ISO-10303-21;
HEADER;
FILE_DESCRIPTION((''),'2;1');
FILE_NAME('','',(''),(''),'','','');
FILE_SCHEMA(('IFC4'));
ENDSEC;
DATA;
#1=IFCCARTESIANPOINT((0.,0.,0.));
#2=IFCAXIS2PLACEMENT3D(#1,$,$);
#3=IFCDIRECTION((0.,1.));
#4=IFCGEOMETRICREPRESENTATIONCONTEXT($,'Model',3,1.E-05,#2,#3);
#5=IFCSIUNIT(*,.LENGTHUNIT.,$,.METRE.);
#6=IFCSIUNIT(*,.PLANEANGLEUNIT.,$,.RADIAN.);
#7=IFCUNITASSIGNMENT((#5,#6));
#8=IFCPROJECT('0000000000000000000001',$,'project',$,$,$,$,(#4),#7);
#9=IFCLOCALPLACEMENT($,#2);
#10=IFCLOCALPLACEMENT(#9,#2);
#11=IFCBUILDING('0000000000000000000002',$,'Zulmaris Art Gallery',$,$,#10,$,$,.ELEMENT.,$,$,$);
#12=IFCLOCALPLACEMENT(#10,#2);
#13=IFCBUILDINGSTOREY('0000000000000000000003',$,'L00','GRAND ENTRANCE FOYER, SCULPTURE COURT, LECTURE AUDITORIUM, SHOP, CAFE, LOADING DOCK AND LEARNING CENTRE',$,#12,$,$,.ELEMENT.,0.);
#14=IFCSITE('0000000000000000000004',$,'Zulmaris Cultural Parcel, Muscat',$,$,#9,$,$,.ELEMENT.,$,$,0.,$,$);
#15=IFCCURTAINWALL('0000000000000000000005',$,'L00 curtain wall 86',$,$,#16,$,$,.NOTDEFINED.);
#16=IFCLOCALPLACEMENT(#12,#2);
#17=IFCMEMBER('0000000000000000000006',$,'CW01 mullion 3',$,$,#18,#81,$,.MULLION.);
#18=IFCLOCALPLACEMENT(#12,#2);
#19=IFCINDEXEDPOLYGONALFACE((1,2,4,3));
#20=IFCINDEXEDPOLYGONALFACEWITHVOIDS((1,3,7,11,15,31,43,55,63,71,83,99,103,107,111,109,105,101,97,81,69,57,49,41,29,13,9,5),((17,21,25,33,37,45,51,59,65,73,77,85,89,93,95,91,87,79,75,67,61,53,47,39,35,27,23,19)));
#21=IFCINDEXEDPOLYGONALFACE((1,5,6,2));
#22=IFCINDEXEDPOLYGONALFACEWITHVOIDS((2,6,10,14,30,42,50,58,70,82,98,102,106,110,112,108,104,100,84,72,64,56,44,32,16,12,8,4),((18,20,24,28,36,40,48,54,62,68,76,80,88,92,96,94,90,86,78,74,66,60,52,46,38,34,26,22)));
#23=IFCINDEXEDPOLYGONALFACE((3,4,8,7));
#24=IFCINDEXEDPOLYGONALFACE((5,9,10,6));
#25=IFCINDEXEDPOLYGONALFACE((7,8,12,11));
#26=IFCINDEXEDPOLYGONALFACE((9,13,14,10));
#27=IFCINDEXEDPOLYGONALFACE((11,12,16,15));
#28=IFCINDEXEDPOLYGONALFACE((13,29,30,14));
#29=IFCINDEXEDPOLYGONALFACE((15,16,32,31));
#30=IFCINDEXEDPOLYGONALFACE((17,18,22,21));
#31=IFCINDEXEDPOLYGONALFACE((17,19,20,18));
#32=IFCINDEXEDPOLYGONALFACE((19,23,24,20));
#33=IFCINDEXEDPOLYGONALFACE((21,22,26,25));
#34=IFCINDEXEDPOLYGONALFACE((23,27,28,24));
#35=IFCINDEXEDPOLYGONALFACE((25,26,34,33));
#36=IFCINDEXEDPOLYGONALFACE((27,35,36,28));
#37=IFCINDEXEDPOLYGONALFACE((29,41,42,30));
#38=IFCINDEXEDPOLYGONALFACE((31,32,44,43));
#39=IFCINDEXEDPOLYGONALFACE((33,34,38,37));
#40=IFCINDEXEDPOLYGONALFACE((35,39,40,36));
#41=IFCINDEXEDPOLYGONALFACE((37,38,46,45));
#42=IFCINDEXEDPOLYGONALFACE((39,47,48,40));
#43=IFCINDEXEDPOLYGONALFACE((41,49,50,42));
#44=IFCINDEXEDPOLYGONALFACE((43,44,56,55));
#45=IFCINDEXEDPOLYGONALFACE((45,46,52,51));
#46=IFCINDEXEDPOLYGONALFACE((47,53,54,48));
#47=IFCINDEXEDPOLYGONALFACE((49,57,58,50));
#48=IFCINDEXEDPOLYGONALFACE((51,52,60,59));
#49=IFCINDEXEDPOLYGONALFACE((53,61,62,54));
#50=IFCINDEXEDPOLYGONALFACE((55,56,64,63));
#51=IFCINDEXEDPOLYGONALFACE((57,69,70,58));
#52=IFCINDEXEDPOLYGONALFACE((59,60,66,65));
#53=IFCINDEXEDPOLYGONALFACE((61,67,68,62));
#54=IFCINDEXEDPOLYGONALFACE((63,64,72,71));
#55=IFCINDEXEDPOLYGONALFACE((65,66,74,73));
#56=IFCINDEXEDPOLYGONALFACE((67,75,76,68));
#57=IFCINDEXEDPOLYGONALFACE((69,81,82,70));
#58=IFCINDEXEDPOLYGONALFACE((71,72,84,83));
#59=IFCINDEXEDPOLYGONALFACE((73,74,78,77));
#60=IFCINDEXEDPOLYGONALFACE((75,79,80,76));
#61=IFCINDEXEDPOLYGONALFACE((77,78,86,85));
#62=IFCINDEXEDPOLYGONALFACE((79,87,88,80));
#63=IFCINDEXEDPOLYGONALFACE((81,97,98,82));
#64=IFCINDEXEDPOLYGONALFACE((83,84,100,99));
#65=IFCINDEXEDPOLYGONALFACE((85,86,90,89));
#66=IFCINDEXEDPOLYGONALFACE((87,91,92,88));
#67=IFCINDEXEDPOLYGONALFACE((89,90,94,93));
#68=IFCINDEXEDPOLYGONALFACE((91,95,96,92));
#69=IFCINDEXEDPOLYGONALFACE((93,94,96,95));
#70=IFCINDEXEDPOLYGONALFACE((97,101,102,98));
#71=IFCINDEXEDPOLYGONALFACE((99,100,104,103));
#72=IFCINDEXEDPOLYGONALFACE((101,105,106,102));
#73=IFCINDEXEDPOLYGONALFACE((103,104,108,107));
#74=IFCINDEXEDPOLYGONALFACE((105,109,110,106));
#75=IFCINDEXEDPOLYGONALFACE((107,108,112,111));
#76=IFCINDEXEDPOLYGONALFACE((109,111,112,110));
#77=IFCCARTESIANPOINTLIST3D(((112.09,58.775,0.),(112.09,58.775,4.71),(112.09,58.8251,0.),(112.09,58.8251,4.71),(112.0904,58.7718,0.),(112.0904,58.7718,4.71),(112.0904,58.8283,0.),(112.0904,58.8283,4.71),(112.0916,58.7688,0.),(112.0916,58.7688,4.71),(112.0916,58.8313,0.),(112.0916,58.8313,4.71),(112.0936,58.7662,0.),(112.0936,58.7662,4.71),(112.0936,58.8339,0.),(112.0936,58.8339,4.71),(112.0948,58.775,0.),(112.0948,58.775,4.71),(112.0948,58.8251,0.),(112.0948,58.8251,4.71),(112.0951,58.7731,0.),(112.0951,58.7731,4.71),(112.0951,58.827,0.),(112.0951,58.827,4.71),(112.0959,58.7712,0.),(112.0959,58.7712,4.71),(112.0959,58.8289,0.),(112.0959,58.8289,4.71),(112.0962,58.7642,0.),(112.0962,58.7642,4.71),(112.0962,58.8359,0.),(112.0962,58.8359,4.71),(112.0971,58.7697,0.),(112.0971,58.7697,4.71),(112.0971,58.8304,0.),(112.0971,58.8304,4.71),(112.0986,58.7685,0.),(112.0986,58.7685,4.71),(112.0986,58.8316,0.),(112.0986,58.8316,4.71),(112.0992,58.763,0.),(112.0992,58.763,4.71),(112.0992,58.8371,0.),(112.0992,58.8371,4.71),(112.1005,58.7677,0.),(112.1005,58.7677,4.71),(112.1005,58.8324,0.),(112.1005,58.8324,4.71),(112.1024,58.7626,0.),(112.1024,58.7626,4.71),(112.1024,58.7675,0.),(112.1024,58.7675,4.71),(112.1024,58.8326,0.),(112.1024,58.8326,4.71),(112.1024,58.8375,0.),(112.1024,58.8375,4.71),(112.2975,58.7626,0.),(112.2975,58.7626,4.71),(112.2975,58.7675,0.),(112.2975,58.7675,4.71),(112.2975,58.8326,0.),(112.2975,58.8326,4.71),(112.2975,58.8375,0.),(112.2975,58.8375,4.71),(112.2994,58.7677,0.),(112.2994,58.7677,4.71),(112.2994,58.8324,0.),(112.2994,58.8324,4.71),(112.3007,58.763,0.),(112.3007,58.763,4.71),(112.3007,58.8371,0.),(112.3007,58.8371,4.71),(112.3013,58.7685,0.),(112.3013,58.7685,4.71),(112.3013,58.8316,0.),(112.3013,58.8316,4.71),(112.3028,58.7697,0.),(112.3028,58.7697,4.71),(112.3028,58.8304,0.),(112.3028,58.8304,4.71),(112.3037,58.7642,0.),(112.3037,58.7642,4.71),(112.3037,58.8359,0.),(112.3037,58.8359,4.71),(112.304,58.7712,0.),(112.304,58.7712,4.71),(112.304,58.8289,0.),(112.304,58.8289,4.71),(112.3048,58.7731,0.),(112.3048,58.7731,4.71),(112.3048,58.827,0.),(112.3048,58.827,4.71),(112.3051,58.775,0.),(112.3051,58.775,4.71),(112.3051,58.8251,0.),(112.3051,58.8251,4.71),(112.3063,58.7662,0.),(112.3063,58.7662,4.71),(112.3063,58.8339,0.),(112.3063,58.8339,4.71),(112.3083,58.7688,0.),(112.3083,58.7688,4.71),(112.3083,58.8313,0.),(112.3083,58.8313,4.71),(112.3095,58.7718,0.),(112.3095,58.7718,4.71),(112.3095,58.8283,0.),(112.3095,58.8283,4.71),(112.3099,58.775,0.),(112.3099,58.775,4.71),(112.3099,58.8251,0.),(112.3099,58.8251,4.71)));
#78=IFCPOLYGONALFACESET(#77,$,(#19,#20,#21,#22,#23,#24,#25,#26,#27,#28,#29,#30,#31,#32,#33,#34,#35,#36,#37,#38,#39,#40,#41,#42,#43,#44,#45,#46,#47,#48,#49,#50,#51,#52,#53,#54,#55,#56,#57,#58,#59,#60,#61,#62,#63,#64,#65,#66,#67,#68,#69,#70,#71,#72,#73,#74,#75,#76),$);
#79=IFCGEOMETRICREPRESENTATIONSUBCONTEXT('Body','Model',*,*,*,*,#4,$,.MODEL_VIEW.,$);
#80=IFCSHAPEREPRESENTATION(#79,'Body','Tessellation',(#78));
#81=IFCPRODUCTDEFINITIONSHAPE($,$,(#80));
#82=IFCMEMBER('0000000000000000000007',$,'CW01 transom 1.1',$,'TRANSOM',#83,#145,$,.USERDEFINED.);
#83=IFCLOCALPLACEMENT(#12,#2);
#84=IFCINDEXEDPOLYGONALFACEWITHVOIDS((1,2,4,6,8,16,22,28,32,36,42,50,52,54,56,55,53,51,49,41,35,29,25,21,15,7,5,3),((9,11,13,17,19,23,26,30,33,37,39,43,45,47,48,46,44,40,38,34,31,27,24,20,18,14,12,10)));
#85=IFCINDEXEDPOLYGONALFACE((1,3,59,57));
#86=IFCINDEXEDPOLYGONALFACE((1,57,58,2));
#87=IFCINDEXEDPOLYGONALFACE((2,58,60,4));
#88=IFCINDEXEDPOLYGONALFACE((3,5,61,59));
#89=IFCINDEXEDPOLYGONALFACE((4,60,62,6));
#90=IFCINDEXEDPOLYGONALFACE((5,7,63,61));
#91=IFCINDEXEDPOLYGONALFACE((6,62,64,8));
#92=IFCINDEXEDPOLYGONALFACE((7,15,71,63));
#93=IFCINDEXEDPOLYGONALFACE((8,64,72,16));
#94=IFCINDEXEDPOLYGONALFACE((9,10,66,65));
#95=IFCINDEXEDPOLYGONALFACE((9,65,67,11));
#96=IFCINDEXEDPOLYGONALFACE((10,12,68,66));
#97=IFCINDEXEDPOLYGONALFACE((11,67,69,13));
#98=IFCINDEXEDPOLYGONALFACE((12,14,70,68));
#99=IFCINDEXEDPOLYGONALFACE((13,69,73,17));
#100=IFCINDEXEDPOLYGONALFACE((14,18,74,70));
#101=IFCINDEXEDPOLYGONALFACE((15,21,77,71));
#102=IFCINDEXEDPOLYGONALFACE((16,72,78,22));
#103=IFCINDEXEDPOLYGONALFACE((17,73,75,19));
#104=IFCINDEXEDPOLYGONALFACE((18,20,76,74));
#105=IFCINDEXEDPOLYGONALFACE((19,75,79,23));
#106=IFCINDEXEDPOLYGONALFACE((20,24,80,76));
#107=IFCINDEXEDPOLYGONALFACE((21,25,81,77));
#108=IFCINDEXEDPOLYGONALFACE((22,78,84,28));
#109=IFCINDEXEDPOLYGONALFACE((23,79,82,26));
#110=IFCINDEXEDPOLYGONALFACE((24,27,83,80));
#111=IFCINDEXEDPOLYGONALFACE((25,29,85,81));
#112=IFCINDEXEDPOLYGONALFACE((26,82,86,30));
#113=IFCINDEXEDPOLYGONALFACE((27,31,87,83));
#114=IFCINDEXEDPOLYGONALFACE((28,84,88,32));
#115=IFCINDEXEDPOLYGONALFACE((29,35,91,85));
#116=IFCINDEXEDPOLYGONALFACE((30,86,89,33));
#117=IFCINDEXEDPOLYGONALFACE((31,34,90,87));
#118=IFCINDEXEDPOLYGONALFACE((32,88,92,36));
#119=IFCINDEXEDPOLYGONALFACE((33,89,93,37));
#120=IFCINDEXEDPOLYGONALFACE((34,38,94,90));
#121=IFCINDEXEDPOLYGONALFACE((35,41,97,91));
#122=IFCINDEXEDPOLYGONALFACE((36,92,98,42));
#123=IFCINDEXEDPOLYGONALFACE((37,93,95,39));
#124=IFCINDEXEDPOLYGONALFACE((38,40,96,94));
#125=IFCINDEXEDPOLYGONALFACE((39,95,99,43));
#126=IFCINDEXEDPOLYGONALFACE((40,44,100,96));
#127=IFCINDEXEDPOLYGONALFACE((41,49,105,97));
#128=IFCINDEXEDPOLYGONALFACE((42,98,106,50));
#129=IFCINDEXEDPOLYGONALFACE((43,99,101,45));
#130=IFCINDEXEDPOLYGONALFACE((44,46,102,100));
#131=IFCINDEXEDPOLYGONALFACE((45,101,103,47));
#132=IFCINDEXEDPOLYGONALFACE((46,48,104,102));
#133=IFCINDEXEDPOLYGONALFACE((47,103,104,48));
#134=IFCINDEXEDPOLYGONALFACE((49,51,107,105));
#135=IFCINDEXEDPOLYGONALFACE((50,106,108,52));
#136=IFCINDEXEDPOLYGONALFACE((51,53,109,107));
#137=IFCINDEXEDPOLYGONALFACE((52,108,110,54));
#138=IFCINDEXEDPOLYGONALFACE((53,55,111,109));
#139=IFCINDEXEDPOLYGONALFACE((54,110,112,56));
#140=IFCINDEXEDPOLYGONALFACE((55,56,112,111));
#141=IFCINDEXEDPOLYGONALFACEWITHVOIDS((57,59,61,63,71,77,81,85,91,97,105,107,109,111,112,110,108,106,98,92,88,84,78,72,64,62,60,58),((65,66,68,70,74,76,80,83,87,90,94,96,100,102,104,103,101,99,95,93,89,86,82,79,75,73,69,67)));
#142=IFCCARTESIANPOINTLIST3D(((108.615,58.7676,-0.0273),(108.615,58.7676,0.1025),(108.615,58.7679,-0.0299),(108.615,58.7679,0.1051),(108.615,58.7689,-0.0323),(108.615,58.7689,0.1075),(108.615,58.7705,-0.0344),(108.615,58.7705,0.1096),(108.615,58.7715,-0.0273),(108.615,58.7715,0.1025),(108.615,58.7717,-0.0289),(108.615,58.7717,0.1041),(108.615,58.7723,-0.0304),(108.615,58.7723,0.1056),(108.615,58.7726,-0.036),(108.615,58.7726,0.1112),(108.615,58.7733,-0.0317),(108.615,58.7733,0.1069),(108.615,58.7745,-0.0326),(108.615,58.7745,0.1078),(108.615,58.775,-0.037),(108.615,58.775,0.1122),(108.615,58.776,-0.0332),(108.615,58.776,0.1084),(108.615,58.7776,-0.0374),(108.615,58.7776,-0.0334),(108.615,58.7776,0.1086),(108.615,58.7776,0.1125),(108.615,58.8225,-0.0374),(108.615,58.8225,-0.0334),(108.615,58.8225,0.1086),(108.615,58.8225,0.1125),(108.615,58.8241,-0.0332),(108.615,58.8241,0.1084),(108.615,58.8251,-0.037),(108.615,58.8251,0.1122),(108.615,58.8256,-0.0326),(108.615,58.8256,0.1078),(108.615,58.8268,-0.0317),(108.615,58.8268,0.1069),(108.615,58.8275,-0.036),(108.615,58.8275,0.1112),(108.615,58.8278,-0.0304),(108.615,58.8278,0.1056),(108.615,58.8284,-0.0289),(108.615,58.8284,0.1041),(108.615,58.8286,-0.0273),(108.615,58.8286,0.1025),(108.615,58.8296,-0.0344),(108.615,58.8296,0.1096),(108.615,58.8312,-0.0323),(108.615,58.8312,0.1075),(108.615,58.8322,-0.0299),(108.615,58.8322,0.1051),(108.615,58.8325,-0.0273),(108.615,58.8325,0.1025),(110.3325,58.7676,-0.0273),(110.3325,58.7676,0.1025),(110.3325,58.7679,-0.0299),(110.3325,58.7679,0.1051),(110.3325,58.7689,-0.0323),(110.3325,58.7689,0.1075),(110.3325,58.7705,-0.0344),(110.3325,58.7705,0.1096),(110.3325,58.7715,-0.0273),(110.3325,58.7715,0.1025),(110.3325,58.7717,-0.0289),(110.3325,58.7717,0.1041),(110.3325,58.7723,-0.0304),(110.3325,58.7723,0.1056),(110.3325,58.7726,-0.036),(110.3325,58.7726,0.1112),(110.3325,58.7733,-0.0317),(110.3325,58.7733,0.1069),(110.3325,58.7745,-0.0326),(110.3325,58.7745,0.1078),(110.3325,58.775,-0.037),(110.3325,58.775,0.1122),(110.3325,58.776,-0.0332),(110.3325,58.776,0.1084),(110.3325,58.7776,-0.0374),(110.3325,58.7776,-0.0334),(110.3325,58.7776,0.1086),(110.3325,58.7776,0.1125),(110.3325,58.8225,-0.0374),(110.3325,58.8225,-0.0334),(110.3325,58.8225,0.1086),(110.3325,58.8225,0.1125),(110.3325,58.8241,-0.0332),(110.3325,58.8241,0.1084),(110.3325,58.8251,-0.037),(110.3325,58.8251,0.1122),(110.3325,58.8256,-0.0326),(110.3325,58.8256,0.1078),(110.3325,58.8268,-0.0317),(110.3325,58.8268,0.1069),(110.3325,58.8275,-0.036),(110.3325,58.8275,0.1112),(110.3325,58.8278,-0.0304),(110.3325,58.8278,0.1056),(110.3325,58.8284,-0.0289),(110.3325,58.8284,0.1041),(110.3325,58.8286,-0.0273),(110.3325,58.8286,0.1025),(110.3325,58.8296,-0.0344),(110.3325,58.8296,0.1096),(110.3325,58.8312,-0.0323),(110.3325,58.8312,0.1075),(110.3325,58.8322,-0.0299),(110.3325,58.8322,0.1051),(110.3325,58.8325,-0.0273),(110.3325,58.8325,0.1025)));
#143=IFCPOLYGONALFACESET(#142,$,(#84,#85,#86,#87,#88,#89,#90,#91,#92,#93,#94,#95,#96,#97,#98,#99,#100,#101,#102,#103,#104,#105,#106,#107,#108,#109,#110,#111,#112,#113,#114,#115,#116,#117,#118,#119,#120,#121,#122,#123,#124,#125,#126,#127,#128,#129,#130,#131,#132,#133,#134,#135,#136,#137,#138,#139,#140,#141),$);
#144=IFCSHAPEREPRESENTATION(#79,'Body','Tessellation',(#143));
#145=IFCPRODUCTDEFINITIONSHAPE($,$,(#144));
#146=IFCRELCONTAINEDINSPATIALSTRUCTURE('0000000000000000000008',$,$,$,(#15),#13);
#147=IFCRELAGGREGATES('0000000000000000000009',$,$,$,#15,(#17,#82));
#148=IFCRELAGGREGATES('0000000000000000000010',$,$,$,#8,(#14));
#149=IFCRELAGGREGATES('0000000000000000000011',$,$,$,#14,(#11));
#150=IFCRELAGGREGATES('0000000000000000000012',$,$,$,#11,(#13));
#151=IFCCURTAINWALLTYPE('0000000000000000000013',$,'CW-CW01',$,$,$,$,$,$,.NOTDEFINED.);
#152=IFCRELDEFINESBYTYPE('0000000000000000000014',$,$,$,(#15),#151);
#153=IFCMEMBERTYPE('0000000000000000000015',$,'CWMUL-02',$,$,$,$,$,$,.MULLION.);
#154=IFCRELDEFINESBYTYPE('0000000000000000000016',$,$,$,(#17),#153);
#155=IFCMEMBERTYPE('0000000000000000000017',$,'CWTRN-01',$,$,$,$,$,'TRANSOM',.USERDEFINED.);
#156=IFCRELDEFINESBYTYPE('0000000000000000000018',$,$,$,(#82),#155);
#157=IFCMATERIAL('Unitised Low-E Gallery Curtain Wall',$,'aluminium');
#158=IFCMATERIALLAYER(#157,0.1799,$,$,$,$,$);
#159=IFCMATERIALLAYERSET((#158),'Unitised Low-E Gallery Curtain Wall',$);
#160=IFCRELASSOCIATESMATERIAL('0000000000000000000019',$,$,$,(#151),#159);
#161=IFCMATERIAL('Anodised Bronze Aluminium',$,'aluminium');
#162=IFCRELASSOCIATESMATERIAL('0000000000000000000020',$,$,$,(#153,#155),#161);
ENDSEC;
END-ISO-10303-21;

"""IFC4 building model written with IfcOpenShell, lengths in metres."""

from ifc_helpers import new_model, si_unit, direction, frame, origin, origin_2d, place, context, subcontext, project, spatial, hollow_rectangle, extrude, material, layer, layer_set, material_profile, profile_set, type_object, element, aggregate, save


model = new_model("IFC4")

# Units and contexts
model_context = context("Model", 3, precision=1e-05, world=origin(), true_north=direction((0.0, 1.0)))
body_context = subcontext(model_context, "Body", "Model", "MODEL_VIEW")
ifc_project = project(units=[si_unit("LENGTHUNIT", "METRE"), si_unit("PLANEANGLEUNIT", "RADIAN")], contexts=[model_context])

# Site, building, storey
site_placement = place(None, origin())
site = spatial("IfcSite", under=ifc_project, at=site_placement, Name="Zulmaris Cultural Parcel, Muscat", CompositionType="ELEMENT", RefElevation=0.0)
building_placement = place(site_placement, origin())
building = spatial("IfcBuilding", under=site, at=building_placement, Name="Zulmaris Art Gallery", CompositionType="ELEMENT")
storey_placement = place(building_placement, origin())
storey = spatial("IfcBuildingStorey", under=building, at=storey_placement, Name="L00", Description="GRAND ENTRANCE FOYER, SCULPTURE COURT, LECTURE AUDITORIUM, SHOP, CAFE, LOADING DOCK AND LEARNING CENTRE", CompositionType="ELEMENT", Elevation=0.0)

# Curtain wall, members
ifc_material_1 = material(Name="Unitised Low-E Gallery Curtain Wall", Category="aluminium")
ifc_layer_1 = layer(ifc_material_1, 0.1799)
ifc_layer_set_1 = layer_set([ifc_layer_1], Name="Unitised Low-E Gallery Curtain Wall")
curtain_wall_type = type_object("IfcCurtainWallType", Name="CW-CW01", PredefinedType="NOTDEFINED", material=ifc_layer_set_1)
curtain_wall_placement = place(storey_placement, origin())
curtain_wall = element("IfcCurtainWall", 1, at=curtain_wall_placement, inside=storey, type_object=curtain_wall_type, Name="L00 curtain wall 86", PredefinedType="NOTDEFINED")
ifc_material_2 = material(Name="Anodised Bronze Aluminium", Category="aluminium")
ifc_material_profile_1 = material_profile(ifc_material_2, hollow_rectangle(XDim=0.075, YDim=0.22, WallThickness=0.0049, InnerFilletRadius=0.0076, OuterFilletRadius=0.0125, at=origin_2d()), Name="ALU 75x220x5")
ifc_profile_set_1 = profile_set([ifc_material_profile_1], Name="Anodised Bronze Aluminium")
member_type_1 = type_object("IfcMemberType", Name="CWMUL-02", PredefinedType="MULLION", material=ifc_profile_set_1)
member_1_placement = place(storey_placement, frame((112.2, 58.8, 0.0), z_axis=(0.0, 0.0, 1.0), x_axis=(0.0, 1.0, 0.0)))
member_1 = element("IfcMember", 2, at=member_1_placement, type_object=member_type_1, Name="CW01 mullion 3", PredefinedType="MULLION", context=body_context, shape_type="SweptSolid", body=[
    extrude(hollow_rectangle(XDim=0.075, YDim=0.22, WallThickness=0.0049, InnerFilletRadius=0.0076, OuterFilletRadius=0.0125, at=origin_2d()), origin(), (0.0, 0.0, 1.0), 4.71),
])
ifc_material_profile_2 = material_profile(ifc_material_2, hollow_rectangle(XDim=0.0649, YDim=0.1499, WallThickness=0.0039, InnerFilletRadius=0.0061, OuterFilletRadius=0.01, at=origin_2d()), Name="ALU 65x150x4")
ifc_profile_set_2 = profile_set([ifc_material_profile_2], Name="Anodised Bronze Aluminium")
member_type_2 = type_object("IfcMemberType", Name="CWTRN-01", ElementType="TRANSOM", PredefinedType="USERDEFINED", material=ifc_profile_set_2)
member_2_placement = place(storey_placement, frame((108.615, 58.8, 0.0376), z_axis=(1.0, 0.0, 0.0), x_axis=(0.0, 1.0, 0.0)))
member_2 = element("IfcMember", 3, at=member_2_placement, type_object=member_type_2, Name="CW01 transom 1.1", ObjectType="TRANSOM", PredefinedType="USERDEFINED", context=body_context, shape_type="SweptSolid", body=[
    extrude(hollow_rectangle(XDim=0.0649, YDim=0.1499, WallThickness=0.0039, InnerFilletRadius=0.0061, OuterFilletRadius=0.01, at=origin_2d()), origin(), (0.0, 0.0, 1.0), 1.7175),
])
aggregate(curtain_wall, [member_1, member_2])

save(model, "model.ifc")
